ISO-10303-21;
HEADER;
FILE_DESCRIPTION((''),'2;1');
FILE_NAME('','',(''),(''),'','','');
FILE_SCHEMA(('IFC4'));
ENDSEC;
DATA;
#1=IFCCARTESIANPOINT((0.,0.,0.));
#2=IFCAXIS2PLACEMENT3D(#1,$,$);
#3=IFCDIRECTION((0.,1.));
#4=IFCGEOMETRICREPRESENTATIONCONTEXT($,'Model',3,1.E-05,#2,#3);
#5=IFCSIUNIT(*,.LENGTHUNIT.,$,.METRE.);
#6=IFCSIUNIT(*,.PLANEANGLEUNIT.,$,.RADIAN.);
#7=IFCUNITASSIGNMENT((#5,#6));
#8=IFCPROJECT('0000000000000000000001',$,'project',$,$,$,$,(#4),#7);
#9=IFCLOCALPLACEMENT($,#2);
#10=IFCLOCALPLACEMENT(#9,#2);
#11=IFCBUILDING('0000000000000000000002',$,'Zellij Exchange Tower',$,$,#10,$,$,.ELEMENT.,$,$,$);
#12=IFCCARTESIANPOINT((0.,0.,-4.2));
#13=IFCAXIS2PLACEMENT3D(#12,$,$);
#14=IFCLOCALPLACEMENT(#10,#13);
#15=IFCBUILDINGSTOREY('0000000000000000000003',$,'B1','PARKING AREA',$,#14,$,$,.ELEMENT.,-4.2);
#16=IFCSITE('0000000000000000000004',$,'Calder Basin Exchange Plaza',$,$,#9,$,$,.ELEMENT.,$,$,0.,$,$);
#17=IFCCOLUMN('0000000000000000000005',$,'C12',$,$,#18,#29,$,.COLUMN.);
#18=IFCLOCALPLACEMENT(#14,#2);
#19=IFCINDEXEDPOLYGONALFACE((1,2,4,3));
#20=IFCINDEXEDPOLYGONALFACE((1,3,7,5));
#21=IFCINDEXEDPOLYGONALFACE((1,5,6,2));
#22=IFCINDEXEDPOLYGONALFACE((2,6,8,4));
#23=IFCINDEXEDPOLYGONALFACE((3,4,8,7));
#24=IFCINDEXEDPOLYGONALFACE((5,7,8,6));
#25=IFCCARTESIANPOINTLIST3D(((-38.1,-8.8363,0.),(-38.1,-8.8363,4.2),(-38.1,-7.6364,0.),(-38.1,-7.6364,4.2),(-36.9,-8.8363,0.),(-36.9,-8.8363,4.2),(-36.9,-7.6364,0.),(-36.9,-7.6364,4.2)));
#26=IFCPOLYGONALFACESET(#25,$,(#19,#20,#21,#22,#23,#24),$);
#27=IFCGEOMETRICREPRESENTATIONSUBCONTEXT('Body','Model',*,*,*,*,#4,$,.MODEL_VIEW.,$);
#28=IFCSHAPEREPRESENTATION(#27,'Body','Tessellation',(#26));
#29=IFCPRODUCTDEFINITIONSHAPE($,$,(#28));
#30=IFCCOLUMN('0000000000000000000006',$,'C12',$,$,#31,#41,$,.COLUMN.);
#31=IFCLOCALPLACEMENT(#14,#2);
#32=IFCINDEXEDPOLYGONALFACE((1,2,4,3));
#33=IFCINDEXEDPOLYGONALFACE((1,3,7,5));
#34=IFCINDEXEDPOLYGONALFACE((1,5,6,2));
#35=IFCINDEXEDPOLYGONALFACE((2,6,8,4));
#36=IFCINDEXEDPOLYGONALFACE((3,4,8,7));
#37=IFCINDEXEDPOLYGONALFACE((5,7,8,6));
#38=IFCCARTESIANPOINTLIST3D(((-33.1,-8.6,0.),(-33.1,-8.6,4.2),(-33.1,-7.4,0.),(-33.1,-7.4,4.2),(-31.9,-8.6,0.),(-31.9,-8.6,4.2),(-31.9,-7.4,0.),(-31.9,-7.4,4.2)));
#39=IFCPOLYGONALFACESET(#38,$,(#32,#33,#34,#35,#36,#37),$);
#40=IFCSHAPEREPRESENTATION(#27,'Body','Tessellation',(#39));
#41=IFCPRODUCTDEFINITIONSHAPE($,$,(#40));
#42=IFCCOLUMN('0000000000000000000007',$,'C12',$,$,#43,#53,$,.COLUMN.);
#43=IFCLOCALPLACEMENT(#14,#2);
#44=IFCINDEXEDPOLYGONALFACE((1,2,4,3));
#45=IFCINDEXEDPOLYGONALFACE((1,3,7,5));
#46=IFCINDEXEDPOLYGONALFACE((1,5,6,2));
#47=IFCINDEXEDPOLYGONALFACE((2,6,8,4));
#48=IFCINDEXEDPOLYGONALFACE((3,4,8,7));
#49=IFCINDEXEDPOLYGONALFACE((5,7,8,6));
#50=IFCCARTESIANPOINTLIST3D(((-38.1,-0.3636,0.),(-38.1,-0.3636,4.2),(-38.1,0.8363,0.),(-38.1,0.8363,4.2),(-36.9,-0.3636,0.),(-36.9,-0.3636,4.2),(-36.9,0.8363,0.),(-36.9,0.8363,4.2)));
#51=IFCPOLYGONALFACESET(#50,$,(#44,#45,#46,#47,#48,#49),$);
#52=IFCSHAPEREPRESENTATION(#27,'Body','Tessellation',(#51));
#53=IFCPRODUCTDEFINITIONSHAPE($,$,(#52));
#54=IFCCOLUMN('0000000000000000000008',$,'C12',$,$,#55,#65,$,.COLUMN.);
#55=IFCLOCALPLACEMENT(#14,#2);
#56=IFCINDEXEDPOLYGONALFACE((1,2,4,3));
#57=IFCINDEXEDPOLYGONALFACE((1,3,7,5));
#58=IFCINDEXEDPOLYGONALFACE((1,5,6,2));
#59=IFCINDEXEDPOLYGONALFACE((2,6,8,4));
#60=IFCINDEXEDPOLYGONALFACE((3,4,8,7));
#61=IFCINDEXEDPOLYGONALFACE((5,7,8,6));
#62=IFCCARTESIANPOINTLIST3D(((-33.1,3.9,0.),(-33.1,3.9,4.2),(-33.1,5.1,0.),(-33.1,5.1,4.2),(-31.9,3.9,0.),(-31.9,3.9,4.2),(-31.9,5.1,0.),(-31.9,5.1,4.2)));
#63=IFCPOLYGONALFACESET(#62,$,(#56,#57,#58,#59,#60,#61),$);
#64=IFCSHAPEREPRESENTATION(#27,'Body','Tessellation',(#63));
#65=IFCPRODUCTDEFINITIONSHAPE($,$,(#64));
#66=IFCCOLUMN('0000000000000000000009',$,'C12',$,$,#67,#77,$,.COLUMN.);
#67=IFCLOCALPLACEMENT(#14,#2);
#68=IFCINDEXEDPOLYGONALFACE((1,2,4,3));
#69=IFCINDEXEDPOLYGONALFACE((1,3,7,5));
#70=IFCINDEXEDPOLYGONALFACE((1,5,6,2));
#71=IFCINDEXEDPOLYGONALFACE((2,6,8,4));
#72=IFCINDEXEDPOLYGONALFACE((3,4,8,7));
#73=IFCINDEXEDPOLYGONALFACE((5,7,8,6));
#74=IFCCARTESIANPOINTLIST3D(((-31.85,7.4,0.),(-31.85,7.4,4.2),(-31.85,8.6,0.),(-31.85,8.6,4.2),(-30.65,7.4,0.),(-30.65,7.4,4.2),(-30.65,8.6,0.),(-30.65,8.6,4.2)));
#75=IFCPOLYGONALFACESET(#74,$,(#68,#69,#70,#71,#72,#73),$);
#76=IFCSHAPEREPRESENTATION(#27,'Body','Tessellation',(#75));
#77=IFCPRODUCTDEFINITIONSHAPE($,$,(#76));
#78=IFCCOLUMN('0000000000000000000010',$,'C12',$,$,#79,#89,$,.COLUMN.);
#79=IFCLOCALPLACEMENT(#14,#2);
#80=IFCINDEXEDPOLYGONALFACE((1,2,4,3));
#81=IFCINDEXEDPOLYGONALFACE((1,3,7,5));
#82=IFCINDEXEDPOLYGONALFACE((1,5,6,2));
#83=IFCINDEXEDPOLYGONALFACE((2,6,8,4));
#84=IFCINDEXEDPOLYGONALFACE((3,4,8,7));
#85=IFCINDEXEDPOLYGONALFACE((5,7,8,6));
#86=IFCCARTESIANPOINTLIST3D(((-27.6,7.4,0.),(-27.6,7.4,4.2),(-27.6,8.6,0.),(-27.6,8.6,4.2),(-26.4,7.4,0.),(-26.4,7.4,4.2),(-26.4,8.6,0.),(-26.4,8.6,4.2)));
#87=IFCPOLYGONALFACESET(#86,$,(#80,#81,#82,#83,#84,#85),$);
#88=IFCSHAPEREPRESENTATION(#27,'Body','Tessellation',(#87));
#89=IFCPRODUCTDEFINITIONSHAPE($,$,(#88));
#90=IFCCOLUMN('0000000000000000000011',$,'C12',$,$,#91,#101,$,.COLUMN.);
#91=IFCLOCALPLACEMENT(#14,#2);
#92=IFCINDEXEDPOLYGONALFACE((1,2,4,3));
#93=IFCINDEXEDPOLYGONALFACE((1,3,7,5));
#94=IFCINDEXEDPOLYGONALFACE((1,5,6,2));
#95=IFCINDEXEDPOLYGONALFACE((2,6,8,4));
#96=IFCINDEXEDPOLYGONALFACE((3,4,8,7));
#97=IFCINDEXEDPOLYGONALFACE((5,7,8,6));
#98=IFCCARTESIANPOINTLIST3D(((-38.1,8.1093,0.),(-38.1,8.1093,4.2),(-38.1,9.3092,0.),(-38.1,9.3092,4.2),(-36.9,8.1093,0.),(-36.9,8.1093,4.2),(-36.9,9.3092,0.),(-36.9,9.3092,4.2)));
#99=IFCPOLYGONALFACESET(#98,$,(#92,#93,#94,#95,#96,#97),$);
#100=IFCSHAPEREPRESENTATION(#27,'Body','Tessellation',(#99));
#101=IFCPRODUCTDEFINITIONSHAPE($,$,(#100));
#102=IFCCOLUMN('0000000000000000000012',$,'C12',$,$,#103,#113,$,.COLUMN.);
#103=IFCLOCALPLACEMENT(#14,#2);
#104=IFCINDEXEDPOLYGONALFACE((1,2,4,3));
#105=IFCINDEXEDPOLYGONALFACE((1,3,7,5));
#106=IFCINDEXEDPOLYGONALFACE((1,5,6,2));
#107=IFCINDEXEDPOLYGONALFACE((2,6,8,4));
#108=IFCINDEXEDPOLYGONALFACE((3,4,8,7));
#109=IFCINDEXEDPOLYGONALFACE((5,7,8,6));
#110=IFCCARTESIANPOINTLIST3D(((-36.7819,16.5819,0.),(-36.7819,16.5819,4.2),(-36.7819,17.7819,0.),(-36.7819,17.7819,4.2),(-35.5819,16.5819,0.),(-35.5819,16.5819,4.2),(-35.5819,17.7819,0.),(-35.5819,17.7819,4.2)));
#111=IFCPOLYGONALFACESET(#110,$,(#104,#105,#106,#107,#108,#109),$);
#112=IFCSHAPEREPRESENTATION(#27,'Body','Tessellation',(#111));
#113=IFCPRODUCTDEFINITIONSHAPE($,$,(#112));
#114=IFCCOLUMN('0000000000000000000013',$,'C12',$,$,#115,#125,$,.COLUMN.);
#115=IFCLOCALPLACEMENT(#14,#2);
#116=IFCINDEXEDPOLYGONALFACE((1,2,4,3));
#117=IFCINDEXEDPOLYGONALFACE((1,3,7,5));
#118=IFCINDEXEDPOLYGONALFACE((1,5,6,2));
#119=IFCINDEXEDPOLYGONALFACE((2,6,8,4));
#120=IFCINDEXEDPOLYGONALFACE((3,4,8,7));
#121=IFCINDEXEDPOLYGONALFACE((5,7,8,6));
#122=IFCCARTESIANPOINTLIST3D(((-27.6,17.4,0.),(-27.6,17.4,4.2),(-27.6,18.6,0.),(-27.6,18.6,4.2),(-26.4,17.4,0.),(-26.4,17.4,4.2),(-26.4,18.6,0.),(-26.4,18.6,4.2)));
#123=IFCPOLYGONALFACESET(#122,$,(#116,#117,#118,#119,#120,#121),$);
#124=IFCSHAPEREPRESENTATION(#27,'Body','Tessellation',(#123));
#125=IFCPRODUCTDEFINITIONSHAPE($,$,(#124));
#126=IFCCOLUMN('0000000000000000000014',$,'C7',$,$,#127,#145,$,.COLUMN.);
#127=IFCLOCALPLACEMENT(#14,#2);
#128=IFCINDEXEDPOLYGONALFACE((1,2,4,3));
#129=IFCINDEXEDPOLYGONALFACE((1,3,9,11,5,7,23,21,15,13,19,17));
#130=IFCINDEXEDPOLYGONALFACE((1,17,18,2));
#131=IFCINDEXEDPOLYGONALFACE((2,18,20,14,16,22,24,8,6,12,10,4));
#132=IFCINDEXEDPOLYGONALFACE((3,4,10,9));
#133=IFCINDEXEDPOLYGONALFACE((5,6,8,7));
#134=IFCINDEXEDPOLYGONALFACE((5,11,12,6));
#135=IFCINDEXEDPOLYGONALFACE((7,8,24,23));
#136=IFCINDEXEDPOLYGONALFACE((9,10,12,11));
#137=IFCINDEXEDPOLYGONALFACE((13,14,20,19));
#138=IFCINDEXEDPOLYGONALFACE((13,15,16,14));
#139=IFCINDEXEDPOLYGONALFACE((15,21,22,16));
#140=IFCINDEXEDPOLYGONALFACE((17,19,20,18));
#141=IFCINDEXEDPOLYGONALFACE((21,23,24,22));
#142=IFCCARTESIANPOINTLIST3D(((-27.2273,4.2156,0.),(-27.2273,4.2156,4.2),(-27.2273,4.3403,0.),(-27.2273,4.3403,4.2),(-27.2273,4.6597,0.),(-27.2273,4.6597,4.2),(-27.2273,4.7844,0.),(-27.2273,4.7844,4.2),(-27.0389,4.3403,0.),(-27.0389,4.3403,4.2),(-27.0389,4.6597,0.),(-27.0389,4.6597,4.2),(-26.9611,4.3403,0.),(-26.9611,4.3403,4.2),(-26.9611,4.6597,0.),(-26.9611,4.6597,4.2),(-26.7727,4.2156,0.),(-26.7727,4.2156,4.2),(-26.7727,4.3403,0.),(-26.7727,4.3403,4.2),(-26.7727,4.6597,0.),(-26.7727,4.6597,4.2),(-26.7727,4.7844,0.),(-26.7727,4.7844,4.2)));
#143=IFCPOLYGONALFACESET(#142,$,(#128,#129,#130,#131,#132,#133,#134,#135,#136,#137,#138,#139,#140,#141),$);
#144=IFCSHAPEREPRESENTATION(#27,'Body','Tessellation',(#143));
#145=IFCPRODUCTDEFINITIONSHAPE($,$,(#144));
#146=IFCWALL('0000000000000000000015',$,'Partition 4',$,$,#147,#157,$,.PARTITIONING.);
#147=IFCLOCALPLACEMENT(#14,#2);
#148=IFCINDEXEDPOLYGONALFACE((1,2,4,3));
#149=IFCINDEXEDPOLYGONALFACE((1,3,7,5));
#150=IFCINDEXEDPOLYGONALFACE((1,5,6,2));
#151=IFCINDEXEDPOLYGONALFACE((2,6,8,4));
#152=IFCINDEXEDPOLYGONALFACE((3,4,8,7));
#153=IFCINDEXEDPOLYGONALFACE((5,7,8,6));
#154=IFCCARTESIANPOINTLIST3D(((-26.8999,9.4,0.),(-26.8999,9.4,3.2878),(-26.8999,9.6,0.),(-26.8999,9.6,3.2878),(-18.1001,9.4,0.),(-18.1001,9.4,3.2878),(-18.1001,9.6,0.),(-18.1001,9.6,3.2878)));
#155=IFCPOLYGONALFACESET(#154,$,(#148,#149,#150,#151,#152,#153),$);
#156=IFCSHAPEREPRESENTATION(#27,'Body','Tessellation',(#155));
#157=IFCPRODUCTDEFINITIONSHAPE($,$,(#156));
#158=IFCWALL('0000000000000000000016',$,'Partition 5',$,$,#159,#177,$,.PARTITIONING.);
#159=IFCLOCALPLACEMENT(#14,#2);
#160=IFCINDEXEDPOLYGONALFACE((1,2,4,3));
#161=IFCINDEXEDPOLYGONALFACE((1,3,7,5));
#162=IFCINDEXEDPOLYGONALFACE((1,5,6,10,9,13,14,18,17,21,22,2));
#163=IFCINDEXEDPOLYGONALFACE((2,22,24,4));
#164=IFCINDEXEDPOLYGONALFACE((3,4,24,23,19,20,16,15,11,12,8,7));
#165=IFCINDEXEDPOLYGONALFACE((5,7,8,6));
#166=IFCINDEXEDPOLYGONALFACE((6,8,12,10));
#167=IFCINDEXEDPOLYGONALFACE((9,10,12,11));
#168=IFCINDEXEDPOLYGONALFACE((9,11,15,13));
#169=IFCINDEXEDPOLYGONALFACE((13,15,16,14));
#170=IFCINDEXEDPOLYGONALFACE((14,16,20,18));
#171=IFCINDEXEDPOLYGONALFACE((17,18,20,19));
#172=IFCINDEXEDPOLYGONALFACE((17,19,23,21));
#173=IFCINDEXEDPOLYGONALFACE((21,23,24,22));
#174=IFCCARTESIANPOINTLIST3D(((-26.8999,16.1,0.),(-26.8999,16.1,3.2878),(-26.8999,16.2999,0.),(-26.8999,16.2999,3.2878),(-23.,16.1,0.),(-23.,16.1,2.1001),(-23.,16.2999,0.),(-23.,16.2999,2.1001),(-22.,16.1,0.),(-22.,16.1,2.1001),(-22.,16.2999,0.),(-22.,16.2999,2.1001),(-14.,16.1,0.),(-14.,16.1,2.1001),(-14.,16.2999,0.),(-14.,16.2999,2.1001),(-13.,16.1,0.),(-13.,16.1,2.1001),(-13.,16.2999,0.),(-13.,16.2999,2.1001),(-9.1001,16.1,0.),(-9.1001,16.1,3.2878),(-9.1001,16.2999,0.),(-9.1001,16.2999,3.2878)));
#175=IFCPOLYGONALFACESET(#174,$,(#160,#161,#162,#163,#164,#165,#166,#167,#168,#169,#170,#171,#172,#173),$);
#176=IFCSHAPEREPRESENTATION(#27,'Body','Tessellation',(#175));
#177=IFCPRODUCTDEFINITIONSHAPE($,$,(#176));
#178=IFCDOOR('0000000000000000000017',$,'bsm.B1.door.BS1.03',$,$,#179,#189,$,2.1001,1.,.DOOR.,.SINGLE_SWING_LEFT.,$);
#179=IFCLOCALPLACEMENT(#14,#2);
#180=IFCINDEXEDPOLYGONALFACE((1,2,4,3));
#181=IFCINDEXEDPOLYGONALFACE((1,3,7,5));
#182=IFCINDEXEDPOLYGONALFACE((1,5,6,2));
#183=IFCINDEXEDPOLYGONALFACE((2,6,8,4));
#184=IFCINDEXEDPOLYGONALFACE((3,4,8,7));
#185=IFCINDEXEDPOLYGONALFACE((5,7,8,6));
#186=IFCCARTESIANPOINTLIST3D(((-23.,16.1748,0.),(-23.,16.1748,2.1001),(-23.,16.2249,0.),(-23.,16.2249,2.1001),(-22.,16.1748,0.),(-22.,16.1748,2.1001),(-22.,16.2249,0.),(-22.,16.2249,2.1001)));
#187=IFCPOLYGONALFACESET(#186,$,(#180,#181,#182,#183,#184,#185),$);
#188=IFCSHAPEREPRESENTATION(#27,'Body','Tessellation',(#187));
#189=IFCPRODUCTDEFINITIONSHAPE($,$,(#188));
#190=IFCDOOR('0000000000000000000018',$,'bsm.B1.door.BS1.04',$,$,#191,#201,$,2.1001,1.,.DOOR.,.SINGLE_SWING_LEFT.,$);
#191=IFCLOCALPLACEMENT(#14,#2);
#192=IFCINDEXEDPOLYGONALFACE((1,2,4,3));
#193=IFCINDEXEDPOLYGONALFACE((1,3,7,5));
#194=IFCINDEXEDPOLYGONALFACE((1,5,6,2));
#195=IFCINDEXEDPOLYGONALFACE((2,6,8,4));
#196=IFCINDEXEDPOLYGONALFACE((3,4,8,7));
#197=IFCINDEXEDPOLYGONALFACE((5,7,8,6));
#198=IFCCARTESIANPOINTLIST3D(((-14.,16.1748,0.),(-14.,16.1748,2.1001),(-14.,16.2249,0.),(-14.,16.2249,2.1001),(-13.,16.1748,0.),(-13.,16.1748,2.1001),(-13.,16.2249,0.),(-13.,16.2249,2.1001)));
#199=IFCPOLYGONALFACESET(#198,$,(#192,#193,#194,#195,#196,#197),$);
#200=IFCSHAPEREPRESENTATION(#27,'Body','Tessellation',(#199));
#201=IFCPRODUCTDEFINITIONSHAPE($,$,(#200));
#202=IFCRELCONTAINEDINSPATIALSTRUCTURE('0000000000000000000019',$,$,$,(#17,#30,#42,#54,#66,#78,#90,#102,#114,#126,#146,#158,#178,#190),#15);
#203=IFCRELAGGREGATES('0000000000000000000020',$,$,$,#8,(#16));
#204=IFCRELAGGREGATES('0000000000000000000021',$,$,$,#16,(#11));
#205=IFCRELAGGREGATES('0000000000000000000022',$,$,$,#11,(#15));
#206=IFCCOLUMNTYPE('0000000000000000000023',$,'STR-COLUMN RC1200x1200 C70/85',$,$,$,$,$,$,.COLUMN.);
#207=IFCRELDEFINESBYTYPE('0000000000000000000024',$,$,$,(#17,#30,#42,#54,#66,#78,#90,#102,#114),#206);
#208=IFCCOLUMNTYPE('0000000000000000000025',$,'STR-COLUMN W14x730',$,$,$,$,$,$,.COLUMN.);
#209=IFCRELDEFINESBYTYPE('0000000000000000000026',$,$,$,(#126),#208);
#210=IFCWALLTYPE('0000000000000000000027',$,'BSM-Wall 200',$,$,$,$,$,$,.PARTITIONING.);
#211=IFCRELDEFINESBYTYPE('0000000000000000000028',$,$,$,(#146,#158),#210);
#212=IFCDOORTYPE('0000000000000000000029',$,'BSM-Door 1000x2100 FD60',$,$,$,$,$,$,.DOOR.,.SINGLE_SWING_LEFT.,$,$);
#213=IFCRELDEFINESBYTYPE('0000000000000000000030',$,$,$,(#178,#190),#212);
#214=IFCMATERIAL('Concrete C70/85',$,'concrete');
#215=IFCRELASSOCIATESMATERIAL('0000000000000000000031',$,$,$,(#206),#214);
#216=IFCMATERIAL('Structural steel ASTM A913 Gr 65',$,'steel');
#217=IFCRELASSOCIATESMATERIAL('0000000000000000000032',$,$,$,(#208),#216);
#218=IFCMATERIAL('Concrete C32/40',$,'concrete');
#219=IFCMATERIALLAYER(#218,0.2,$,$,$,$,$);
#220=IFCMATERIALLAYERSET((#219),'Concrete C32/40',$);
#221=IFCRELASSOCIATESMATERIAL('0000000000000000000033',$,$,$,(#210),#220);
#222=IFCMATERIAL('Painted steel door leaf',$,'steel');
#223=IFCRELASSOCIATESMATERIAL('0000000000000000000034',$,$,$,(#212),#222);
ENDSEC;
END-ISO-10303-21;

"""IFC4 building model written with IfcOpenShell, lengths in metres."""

from ifc_helpers import new_model, si_unit, direction, frame, frame_2d, origin, origin_2d, place, context, subcontext, project, spatial, rectangle, i_section, extrude, material, layer, layer_set, material_profile, profile_set, type_object, element, fill, save


model = new_model("IFC4")

# Units and contexts
model_context = context("Model", 3, precision=1e-05, world=origin(), true_north=direction((0.0, 1.0)))
body_context = subcontext(model_context, "Body", "Model", "MODEL_VIEW")
ifc_project = project(units=[si_unit("LENGTHUNIT", "METRE"), si_unit("PLANEANGLEUNIT", "RADIAN")], contexts=[model_context])

# Site, building, storey
site_placement = place(None, origin())
site = spatial("IfcSite", under=ifc_project, at=site_placement, Name="Calder Basin Exchange Plaza", CompositionType="ELEMENT", RefElevation=0.0)
building_placement = place(site_placement, origin())
building = spatial("IfcBuilding", under=site, at=building_placement, Name="Zellij Exchange Tower", CompositionType="ELEMENT")
storey_placement = place(building_placement, frame((0.0, 0.0, -4.2)))
storey = spatial("IfcBuildingStorey", under=building, at=storey_placement, Name="B1", Description="PARKING AREA", CompositionType="ELEMENT", Elevation=-4.2)

# Columns
ifc_material_1 = material(Name="Concrete C70/85", Category="concrete")
ifc_material_profile_1 = material_profile(ifc_material_1, rectangle(XDim=1.2, YDim=1.2, at=origin_2d()), Name="STR-COLUMN RC1200x1200 C70/85")
ifc_profile_set_1 = profile_set([ifc_material_profile_1], Name="Concrete C70/85")
column_type_1 = type_object("IfcColumnType", Name="STR-COLUMN RC1200x1200 C70/85", PredefinedType="COLUMN", material=ifc_profile_set_1)
for number, where, z_axis, x_axis, name in (
    (1, (-37.5, -8.2363, 0.0), (0.0, 0.0, 1.0), (1.0, 0.0, 0.0), "C12"),
    (2, (-32.5, -8.0, 0.0), (0.0, 0.0, 1.0), (1.0, 0.0, 0.0), "C12"),
    (3, (-37.5, 0.2363, 0.0), (0.0, 0.0, 1.0), (1.0, 0.0, 0.0), "C12"),
    (4, (-32.5, 4.5, 0.0), (0.0, 0.0, 1.0), (1.0, 0.0, 0.0), "C12"),
    (5, (-31.25, 8.0, 0.0), (0.0, 0.0, 1.0), (1.0, 0.0, 0.0), "C12"),
    (6, (-27.0, 8.0, 0.0), (0.0, 0.0, 1.0), (1.0, 0.0, 0.0), "C12"),
    (7, (-37.5, 8.7092, 0.0), (0.0, 0.0, 1.0), (1.0, 0.0, 0.0), "C12"),
    (8, (-36.1819, 17.1819, 0.0), (0.0, 0.0, 1.0), (1.0, 0.0, 0.0), "C12"),
    (9, (-27.0, 18.0, 0.0), (0.0, 0.0, 1.0), (1.0, 0.0, 0.0), "C12"),
):
    element("IfcColumn", number, at=place(storey_placement, frame(where, z_axis=z_axis, x_axis=x_axis)), inside=storey, type_object=column_type_1, Name=name, PredefinedType="COLUMN", context=body_context, shape_type="SweptSolid", body=[
        extrude(rectangle(XDim=1.2, YDim=1.2, at=origin_2d()), origin(), (0.0, 0.0, 1.0), 4.2),
    ])
ifc_material_2 = material(Name="Structural steel ASTM A913 Gr 65", Category="steel")
ifc_material_profile_2 = material_profile(ifc_material_2, i_section(OverallWidth=0.4546, OverallDepth=0.5688, WebThickness=0.0779, FlangeThickness=0.1248, at=origin_2d()), Name="W14x730")
ifc_profile_set_2 = profile_set([ifc_material_profile_2], Name="Structural steel ASTM A913 Gr 65")
column_type_2 = type_object("IfcColumnType", Name="STR-COLUMN W14x730", PredefinedType="COLUMN", material=ifc_profile_set_2)
column_placement = place(storey_placement, frame((-27.0, 4.5, 0.0), z_axis=(0.0, 0.0, 1.0), x_axis=(1.0, 0.0, 0.0)))
element("IfcColumn", 10, at=column_placement, inside=storey, type_object=column_type_2, Name="C7", PredefinedType="COLUMN", context=body_context, shape_type="SweptSolid", body=[
    extrude(i_section(OverallWidth=0.4546, OverallDepth=0.5688, WebThickness=0.0779, FlangeThickness=0.1248, at=origin_2d()), origin(), (0.0, 0.0, 1.0), 4.2),
])

# Wall
ifc_material_3 = material(Name="Concrete C32/40", Category="concrete")
ifc_layer_1 = layer(ifc_material_3, 0.2)
ifc_layer_set_1 = layer_set([ifc_layer_1], Name="Concrete C32/40")
wall_type_1 = type_object("IfcWallType", Name="BSM-Wall 200", PredefinedType="PARTITIONING", material=ifc_layer_set_1)
wall_1_placement = place(storey_placement, frame((-26.8999, 9.5, 0.0), z_axis=(0.0, 0.0, 1.0), x_axis=(1.0, 0.0, 0.0)))
element("IfcWall", 11, at=wall_1_placement, inside=storey, type_object=wall_type_1, Name="Partition 4", PredefinedType="PARTITIONING", context=body_context, shape_type="SweptSolid", body=[
    extrude(rectangle(XDim=8.7998, YDim=0.2, at=frame_2d((4.3999, 0.0))), origin(), (0.0, 0.0, 1.0), 3.2878),
])

# Wall, openings, doors
wall_2_placement = place(storey_placement, frame((-26.8999, 16.2, 0.0), z_axis=(0.0, 0.0, 1.0), x_axis=(1.0, 0.0, 0.0)))
wall_2 = element("IfcWall", 12, at=wall_2_placement, inside=storey, type_object=wall_type_1, Name="Partition 5", PredefinedType="PARTITIONING", context=body_context, shape_type="SweptSolid", body=[
    extrude(rectangle(XDim=17.7998, YDim=0.2, at=frame_2d((8.8999, 0.0))), origin(), (0.0, 0.0, 1.0), 3.2878),
])
opening_1_placement = place(wall_2_placement, frame((3.8999, 0.0, 0.0)))
opening_1 = element("IfcOpeningElement", 13, at=opening_1_placement, cuts=wall_2, PredefinedType="OPENING", context=body_context, shape_type="SweptSolid", body=[
    extrude(rectangle(XDim=1.0, YDim=2.1001, at=frame_2d((0.5, 1.05))), frame((0.0, 0.1118, 0.0), z_axis=(0.0, -1.0, 0.0), x_axis=(1.0, 0.0, 0.0)), (0.0, 0.0, 1.0), 0.2239),
])
opening_2_placement = place(wall_2_placement, frame((12.8999, 0.0, 0.0)))
opening_2 = element("IfcOpeningElement", 14, at=opening_2_placement, cuts=wall_2, PredefinedType="OPENING", context=body_context, shape_type="SweptSolid", body=[
    extrude(rectangle(XDim=1.0, YDim=2.1001, at=frame_2d((0.5, 1.05))), frame((0.0, 0.1118, 0.0), z_axis=(0.0, -1.0, 0.0), x_axis=(1.0, 0.0, 0.0)), (0.0, 0.0, 1.0), 0.2239),
])
ifc_material_4 = material(Name="Painted steel door leaf", Category="steel")
door_type_1 = type_object("IfcDoorType", Name="BSM-Door 1000x2100 FD60", OperationType="SINGLE_SWING_LEFT", PredefinedType="DOOR", material=ifc_material_4)
door_1_placement = place(opening_1_placement, origin())
door_1 = element("IfcDoor", 15, at=door_1_placement, inside=storey, type_object=door_type_1, Name="bsm.B1.door.BS1.03", OperationType="SINGLE_SWING_LEFT", OverallHeight=2.1001, OverallWidth=1.0, PredefinedType="DOOR", context=body_context, shape_type="SweptSolid", body=[
    extrude(rectangle(XDim=1.0, YDim=2.1001, at=frame_2d((0.5, 1.05))), frame((0.0, 0.0249, 0.0), z_axis=(0.0, -1.0, 0.0), x_axis=(1.0, 0.0, 0.0)), (0.0, 0.0, 1.0), 0.05),
])
fill(opening_1, door_1)
door_2_placement = place(opening_2_placement, origin())
door_2 = element("IfcDoor", 16, at=door_2_placement, inside=storey, type_object=door_type_1, Name="bsm.B1.door.BS1.04", OperationType="SINGLE_SWING_LEFT", OverallHeight=2.1001, OverallWidth=1.0, PredefinedType="DOOR", context=body_context, shape_type="SweptSolid", body=[
    extrude(rectangle(XDim=1.0, YDim=2.1001, at=frame_2d((0.5, 1.05))), frame((0.0, 0.0249, 0.0), z_axis=(0.0, -1.0, 0.0), x_axis=(1.0, 0.0, 0.0)), (0.0, 0.0, 1.0), 0.05),
])
fill(opening_2, door_2)

save(model, "model.ifc")
